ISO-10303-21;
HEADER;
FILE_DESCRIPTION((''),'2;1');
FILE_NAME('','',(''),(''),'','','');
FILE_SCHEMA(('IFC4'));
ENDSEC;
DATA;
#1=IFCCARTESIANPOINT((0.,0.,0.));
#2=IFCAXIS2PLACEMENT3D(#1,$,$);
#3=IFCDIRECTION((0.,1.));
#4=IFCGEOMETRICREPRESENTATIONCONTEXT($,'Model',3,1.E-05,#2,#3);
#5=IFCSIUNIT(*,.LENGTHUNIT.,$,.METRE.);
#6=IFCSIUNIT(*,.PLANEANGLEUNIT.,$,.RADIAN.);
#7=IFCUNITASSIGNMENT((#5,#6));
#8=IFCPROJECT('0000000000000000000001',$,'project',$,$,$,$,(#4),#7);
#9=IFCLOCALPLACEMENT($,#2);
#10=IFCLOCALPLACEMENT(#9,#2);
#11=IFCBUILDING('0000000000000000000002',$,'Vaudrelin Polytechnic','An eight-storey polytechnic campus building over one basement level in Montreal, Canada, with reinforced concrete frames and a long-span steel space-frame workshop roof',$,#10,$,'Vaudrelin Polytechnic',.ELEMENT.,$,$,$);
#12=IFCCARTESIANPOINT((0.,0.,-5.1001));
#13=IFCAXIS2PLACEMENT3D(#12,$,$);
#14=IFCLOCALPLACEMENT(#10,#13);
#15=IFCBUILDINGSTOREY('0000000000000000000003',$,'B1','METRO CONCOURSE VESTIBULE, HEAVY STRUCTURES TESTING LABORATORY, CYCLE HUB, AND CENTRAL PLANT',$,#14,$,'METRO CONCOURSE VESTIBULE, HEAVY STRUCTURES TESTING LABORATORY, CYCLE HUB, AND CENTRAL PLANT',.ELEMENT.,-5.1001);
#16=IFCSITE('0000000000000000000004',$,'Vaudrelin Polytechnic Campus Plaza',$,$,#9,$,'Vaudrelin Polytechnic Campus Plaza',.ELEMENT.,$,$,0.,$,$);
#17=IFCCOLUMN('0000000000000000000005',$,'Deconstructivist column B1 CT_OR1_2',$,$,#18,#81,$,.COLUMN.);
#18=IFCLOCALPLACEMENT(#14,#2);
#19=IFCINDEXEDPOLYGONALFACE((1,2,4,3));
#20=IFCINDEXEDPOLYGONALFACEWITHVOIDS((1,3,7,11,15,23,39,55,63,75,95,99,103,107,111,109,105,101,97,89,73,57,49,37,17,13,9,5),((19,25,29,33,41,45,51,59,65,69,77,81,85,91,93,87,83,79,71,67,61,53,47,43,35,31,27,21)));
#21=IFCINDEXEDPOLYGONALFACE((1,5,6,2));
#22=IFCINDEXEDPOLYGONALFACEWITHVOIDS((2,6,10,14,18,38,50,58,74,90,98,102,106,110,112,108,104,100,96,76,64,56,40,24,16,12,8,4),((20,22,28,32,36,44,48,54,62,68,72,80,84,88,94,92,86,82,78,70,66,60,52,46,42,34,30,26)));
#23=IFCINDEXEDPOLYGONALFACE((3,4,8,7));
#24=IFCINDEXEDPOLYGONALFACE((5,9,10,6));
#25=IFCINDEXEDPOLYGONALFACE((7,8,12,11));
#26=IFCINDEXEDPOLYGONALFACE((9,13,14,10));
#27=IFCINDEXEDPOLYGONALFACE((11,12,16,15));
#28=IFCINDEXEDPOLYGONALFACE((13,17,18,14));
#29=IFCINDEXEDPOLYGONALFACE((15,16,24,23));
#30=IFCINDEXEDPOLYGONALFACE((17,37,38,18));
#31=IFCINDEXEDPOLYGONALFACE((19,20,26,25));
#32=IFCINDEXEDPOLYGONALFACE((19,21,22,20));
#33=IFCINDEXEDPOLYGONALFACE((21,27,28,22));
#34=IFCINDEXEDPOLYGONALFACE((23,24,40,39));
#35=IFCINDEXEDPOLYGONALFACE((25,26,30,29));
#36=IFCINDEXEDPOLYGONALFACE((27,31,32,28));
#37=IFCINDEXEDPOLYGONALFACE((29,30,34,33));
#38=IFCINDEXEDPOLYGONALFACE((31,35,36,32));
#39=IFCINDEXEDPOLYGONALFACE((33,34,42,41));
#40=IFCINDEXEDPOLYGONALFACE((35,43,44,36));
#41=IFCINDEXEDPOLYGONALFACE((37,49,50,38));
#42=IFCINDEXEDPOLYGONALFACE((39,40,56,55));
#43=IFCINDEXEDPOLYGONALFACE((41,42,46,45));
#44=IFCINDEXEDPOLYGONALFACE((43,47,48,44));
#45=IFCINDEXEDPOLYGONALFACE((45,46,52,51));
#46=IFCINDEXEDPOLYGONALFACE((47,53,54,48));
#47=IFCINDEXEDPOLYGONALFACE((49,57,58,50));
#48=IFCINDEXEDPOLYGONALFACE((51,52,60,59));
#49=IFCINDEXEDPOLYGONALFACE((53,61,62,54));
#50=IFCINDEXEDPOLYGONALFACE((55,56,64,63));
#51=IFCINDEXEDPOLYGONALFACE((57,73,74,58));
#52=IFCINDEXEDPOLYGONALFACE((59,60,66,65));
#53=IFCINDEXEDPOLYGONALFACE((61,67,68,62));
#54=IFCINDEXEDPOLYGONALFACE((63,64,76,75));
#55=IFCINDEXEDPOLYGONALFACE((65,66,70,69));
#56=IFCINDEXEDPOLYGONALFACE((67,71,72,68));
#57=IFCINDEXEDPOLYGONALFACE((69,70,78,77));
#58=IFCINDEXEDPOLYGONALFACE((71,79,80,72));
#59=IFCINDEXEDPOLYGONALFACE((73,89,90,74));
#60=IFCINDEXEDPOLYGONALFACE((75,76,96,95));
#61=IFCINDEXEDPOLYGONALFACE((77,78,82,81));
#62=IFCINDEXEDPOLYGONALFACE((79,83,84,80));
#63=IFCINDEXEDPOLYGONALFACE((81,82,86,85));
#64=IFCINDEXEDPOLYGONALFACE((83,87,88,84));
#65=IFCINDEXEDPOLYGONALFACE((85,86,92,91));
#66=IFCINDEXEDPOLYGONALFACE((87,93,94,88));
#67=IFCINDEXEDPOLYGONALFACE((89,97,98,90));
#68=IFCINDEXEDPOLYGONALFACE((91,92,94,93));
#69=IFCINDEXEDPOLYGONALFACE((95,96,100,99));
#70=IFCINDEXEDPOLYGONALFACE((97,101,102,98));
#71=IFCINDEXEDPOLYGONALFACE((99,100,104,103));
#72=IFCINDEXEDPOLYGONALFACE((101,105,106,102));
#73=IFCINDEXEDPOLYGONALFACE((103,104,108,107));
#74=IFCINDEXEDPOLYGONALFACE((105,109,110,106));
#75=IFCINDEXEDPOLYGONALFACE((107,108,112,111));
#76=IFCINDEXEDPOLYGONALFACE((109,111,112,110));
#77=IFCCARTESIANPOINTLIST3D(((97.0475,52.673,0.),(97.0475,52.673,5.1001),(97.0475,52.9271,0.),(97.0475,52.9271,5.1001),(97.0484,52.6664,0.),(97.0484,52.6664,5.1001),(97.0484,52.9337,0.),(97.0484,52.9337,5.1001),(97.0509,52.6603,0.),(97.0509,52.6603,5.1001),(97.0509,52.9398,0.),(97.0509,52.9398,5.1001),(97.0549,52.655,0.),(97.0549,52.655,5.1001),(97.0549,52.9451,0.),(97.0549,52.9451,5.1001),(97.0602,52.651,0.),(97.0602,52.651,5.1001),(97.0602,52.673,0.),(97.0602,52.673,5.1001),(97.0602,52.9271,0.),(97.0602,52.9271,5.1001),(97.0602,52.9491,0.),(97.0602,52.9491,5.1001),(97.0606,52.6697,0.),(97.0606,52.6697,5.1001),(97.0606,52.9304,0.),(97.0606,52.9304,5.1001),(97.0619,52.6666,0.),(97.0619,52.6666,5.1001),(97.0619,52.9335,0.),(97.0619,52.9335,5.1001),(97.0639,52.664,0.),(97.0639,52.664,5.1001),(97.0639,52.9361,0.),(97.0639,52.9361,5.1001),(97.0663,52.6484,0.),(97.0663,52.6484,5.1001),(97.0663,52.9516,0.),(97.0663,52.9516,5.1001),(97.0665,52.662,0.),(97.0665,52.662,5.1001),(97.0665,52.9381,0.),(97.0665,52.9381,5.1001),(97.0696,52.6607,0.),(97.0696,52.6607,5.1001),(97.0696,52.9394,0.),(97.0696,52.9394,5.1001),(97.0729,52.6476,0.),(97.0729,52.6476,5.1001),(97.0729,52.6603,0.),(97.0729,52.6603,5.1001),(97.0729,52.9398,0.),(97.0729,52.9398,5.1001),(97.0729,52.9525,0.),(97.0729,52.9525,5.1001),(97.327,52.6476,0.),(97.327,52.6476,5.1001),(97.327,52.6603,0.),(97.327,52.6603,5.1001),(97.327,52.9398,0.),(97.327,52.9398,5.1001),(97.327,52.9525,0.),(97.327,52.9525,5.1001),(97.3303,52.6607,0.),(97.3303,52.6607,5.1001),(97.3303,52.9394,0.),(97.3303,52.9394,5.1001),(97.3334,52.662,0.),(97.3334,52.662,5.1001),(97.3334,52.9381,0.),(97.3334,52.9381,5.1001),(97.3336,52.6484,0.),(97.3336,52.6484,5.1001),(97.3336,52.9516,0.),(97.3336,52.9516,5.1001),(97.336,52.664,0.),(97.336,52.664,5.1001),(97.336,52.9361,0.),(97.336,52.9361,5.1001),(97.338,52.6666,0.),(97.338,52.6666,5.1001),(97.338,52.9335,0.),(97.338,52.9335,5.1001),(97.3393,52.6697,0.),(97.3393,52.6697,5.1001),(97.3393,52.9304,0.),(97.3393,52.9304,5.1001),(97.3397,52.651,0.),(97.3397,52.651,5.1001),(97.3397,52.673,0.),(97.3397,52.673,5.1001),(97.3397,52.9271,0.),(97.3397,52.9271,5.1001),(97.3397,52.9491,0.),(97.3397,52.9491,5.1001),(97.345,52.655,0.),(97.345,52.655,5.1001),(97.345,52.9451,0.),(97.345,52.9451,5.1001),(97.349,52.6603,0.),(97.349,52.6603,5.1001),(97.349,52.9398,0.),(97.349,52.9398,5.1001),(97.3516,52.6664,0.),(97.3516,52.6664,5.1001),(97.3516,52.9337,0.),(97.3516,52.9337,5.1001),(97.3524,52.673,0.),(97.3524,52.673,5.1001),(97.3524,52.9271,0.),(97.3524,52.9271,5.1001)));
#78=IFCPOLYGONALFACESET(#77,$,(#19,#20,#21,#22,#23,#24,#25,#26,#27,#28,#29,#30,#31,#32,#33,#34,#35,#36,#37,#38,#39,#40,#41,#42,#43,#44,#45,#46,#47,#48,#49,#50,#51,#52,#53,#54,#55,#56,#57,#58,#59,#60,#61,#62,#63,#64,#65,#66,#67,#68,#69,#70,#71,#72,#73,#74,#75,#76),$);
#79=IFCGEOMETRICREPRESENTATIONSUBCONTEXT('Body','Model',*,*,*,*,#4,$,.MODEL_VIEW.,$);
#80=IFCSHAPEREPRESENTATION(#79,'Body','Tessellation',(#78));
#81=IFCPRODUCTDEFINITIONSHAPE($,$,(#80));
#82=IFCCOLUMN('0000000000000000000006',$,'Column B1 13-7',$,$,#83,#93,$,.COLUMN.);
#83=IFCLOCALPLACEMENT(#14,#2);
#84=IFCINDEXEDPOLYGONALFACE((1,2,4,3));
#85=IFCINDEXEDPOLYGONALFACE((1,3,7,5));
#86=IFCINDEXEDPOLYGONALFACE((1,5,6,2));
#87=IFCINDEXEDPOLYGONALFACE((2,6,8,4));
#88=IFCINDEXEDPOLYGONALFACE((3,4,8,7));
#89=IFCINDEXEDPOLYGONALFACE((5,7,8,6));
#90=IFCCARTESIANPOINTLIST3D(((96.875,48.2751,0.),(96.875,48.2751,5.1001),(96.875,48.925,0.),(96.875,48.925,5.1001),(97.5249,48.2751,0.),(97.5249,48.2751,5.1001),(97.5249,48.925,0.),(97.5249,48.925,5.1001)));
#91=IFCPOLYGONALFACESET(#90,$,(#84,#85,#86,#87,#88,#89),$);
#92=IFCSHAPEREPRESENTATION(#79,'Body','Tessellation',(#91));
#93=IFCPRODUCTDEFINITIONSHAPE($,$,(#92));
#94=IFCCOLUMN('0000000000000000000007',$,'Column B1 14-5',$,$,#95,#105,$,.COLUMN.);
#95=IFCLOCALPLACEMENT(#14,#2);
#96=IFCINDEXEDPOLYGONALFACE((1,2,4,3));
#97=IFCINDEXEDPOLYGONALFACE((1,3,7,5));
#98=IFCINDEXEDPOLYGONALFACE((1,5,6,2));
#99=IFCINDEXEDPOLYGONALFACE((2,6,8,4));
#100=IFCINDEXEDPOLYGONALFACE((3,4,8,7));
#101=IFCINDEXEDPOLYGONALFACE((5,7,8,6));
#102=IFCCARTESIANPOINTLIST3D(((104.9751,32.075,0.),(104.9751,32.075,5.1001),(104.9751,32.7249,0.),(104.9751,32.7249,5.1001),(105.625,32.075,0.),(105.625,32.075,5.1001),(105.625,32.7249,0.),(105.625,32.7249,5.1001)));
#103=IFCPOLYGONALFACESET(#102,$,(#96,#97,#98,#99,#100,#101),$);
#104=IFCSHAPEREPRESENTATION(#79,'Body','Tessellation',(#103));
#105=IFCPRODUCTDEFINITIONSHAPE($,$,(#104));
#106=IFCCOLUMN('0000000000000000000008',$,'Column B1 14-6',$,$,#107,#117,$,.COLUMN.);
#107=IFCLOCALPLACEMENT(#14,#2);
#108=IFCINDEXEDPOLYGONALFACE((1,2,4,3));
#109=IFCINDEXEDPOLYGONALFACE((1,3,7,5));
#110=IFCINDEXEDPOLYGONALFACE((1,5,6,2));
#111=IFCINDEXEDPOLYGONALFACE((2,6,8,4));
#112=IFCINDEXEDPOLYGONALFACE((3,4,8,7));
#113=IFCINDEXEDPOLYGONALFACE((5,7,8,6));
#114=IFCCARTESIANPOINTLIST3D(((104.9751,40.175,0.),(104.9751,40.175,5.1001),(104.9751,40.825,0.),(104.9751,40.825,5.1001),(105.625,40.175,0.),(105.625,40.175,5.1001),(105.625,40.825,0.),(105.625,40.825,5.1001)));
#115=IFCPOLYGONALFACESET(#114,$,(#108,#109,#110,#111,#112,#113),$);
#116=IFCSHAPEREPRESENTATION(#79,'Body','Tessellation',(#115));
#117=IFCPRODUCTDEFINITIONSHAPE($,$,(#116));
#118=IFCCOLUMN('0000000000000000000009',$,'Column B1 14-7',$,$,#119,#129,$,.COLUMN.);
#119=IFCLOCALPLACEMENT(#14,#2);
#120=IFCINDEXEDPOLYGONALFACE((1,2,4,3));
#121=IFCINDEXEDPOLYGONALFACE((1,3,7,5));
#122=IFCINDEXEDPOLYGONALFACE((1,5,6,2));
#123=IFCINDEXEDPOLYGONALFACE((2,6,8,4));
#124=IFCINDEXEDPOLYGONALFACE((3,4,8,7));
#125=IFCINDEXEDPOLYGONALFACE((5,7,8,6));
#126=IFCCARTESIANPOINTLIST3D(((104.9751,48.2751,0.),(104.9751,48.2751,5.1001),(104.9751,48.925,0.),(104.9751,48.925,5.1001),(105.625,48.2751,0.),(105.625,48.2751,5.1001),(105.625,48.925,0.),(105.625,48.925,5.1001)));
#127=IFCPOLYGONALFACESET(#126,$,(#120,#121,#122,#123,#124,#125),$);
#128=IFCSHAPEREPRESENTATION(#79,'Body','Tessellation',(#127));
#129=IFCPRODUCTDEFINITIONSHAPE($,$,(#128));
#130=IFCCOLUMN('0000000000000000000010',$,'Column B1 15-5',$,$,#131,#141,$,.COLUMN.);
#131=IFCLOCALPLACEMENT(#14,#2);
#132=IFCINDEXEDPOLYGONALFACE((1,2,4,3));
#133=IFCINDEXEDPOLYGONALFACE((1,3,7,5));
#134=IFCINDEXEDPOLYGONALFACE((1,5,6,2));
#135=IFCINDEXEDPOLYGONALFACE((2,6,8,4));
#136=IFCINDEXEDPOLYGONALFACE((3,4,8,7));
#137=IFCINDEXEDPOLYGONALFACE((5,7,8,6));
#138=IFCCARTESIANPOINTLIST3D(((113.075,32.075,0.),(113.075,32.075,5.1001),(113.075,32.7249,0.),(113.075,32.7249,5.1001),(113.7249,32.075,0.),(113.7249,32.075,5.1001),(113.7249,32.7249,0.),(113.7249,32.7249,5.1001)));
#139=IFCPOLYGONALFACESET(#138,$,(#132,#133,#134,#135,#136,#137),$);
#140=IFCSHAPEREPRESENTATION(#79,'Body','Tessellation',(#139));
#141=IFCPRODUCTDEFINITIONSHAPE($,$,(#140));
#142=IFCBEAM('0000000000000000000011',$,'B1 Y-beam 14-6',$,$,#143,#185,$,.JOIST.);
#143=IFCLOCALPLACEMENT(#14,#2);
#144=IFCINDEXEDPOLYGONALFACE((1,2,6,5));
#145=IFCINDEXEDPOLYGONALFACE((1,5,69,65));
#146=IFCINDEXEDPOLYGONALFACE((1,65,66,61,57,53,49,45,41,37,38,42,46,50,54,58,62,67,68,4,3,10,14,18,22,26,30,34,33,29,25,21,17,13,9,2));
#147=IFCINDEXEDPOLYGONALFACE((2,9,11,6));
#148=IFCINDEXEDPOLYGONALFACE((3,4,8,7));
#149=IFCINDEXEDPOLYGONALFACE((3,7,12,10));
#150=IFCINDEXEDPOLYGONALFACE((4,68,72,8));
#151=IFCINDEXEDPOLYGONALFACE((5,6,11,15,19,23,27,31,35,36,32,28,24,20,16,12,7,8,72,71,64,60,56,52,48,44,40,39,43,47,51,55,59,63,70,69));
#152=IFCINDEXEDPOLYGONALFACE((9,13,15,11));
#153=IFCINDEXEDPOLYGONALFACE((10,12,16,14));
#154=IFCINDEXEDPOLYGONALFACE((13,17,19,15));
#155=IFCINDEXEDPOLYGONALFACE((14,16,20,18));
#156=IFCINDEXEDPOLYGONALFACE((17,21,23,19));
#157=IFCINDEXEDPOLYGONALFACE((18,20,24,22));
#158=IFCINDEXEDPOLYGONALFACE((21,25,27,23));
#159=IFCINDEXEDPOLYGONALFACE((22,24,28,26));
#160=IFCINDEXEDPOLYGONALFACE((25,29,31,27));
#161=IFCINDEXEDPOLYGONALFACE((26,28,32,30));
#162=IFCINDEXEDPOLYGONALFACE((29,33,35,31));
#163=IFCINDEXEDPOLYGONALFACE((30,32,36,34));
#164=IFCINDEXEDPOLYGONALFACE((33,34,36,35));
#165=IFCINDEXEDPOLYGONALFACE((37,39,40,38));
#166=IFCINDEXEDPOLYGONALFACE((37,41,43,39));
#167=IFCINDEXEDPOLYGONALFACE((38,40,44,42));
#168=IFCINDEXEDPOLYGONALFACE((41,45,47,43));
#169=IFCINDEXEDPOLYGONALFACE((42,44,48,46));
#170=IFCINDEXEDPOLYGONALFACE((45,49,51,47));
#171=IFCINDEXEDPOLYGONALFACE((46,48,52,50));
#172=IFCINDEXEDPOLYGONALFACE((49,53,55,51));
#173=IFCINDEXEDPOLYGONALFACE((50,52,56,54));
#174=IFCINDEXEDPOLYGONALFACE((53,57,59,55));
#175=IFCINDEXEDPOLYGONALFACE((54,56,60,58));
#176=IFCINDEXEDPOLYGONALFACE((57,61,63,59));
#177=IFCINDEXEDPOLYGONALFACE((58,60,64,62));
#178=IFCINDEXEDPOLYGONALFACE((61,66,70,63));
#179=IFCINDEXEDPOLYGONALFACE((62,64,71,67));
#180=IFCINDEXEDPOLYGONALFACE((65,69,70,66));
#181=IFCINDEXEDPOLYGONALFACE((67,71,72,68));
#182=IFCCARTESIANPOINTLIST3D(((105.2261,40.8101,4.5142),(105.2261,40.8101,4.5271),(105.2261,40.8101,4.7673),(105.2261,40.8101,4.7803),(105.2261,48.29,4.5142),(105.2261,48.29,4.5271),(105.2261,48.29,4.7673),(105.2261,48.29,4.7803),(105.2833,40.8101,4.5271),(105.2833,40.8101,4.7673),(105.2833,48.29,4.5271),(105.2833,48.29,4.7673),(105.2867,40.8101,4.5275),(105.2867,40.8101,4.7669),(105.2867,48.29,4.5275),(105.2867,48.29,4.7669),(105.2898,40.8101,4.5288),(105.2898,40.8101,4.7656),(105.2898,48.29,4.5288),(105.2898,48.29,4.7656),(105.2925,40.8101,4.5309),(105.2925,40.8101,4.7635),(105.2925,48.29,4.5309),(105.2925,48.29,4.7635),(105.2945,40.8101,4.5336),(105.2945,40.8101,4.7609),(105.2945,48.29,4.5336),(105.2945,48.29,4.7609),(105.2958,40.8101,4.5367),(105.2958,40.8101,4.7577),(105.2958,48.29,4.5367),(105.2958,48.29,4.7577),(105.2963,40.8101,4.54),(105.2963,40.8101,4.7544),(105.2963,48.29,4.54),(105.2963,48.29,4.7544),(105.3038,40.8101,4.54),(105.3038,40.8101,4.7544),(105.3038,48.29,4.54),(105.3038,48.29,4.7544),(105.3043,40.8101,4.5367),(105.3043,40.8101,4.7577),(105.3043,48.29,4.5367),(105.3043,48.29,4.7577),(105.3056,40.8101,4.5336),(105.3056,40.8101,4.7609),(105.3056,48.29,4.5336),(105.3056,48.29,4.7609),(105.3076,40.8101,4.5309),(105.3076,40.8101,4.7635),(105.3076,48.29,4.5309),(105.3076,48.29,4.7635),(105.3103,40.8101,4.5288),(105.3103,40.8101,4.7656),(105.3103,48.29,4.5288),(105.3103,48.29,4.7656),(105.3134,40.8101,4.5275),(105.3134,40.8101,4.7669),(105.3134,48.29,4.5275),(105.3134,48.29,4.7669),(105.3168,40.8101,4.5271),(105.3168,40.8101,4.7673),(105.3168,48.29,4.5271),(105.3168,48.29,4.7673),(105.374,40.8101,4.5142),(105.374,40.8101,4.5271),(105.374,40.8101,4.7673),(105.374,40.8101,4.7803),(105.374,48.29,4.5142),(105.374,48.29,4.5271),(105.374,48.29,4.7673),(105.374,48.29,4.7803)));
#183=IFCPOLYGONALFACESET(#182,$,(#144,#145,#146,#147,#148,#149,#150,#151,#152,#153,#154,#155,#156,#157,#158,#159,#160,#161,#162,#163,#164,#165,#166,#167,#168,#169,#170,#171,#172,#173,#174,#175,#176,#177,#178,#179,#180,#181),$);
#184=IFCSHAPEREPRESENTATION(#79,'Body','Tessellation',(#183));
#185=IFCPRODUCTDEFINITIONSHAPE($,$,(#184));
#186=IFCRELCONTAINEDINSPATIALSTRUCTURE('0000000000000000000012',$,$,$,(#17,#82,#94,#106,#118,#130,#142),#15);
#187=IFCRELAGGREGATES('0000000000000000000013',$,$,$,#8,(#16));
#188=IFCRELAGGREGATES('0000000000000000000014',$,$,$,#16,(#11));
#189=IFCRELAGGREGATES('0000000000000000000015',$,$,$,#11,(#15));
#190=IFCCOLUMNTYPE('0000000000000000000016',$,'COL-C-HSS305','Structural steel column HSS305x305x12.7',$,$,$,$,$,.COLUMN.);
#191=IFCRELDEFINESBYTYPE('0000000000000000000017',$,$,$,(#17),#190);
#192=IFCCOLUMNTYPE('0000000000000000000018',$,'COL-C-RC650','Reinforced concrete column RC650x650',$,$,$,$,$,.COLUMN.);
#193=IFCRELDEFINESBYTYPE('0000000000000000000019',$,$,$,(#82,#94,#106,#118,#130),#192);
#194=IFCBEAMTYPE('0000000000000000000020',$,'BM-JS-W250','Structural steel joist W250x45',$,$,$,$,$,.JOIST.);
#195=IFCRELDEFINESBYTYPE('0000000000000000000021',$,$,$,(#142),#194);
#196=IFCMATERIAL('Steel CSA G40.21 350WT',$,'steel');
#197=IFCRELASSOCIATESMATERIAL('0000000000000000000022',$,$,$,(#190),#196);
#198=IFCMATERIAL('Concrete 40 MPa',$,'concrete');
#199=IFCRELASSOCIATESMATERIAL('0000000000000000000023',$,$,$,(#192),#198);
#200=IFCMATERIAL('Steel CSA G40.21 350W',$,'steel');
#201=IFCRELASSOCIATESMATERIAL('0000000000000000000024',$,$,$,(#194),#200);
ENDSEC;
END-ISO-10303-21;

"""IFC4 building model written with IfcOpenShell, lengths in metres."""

from ifc_helpers import new_model, si_unit, direction, frame, origin, origin_2d, place, context, subcontext, project, spatial, rectangle, hollow_rectangle, i_section, extrude, material, material_profile, profile_set, type_object, element, save


model = new_model("IFC4")

# Units and contexts
model_context = context("Model", 3, precision=1e-05, world=origin(), true_north=direction((0.0, 1.0)))
body_context = subcontext(model_context, "Body", "Model", "MODEL_VIEW")
ifc_project = project(units=[si_unit("LENGTHUNIT", "METRE"), si_unit("PLANEANGLEUNIT", "RADIAN")], contexts=[model_context])

# Site, building, storey
site_placement = place(None, origin())
site = spatial("IfcSite", under=ifc_project, at=site_placement, Name="Vaudrelin Polytechnic Campus Plaza", LongName="Vaudrelin Polytechnic Campus Plaza", CompositionType="ELEMENT", RefElevation=0.0)
building_placement = place(site_placement, origin())
building = spatial("IfcBuilding", under=site, at=building_placement, Name="Vaudrelin Polytechnic", Description="An eight-storey polytechnic campus building over one basement level in Montreal, Canada, with reinforced concrete frames and a long-span steel space-frame workshop roof", LongName="Vaudrelin Polytechnic", CompositionType="ELEMENT")
storey_placement = place(building_placement, frame((0.0, 0.0, -5.1001)))
storey = spatial("IfcBuildingStorey", under=building, at=storey_placement, Name="B1", Description="METRO CONCOURSE VESTIBULE, HEAVY STRUCTURES TESTING LABORATORY, CYCLE HUB, AND CENTRAL PLANT", LongName="METRO CONCOURSE VESTIBULE, HEAVY STRUCTURES TESTING LABORATORY, CYCLE HUB, AND CENTRAL PLANT", CompositionType="ELEMENT", Elevation=-5.1001)

# Shared definitions
ifc_material_1 = material(Name="Concrete 40 MPa", Category="concrete")

# Columns
ifc_material_2 = material(Name="Steel CSA G40.21 350WT", Category="steel")
ifc_material_profile_1 = material_profile(ifc_material_2, hollow_rectangle(XDim=0.3049, YDim=0.3049, WallThickness=0.0127, InnerFilletRadius=0.0127, OuterFilletRadius=0.0254, at=origin_2d()), Name="HSS305x305x12.7")
ifc_profile_set_1 = profile_set([ifc_material_profile_1], Name="Steel CSA G40.21 350WT")
column_type_1 = type_object("IfcColumnType", Name="COL-C-HSS305", Description="Structural steel column HSS305x305x12.7", PredefinedType="COLUMN", material=ifc_profile_set_1)
column_placement = place(storey_placement, frame((97.2, 52.8, 0.0), z_axis=(0.0, 0.0, 1.0), x_axis=(1.0, 0.0, 0.0)))
element("IfcColumn", 1, at=column_placement, inside=storey, type_object=column_type_1, Name="Deconstructivist column B1 CT_OR1_2", PredefinedType="COLUMN", context=body_context, shape_type="SweptSolid", body=[
    extrude(hollow_rectangle(XDim=0.3049, YDim=0.3049, WallThickness=0.0127, InnerFilletRadius=0.0127, OuterFilletRadius=0.0254, at=origin_2d()), origin(), (0.0, 0.0, 1.0), 5.1001),
])
ifc_material_profile_2 = material_profile(ifc_material_1, rectangle(XDim=0.6499, YDim=0.6499, at=origin_2d()), Name="RC650x650")
ifc_profile_set_2 = profile_set([ifc_material_profile_2], Name="Concrete 40 MPa")
column_type_2 = type_object("IfcColumnType", Name="COL-C-RC650", Description="Reinforced concrete column RC650x650", PredefinedType="COLUMN", material=ifc_profile_set_2)
for number, where, z_axis, x_axis, name in (
    (2, (97.2, 48.6001, 0.0), (0.0, 0.0, 1.0), (1.0, 0.0, 0.0), "Column B1 13-7"),
    (3, (105.3, 32.3999, 0.0), (0.0, 0.0, 1.0), (1.0, 0.0, 0.0), "Column B1 14-5"),
    (4, (105.3, 40.5, 0.0), (0.0, 0.0, 1.0), (1.0, 0.0, 0.0), "Column B1 14-6"),
    (5, (105.3, 48.6001, 0.0), (0.0, 0.0, 1.0), (1.0, 0.0, 0.0), "Column B1 14-7"),
    (6, (113.3999, 32.3999, 0.0), (0.0, 0.0, 1.0), (1.0, 0.0, 0.0), "Column B1 15-5"),
):
    element("IfcColumn", number, at=place(storey_placement, frame(where, z_axis=z_axis, x_axis=x_axis)), inside=storey, type_object=column_type_2, Name=name, PredefinedType="COLUMN", context=body_context, shape_type="SweptSolid", body=[
        extrude(rectangle(XDim=0.6499, YDim=0.6499, at=origin_2d()), origin(), (0.0, 0.0, 1.0), 5.1001),
    ])

# Beam
ifc_material_3 = material(Name="Steel CSA G40.21 350W", Category="steel")
ifc_material_profile_3 = material_profile(ifc_material_3, i_section(OverallWidth=0.1479, OverallDepth=0.2661, WebThickness=0.0076, FlangeThickness=0.0129, FilletRadius=0.0129, at=origin_2d()), Name="W250x45")
ifc_profile_set_3 = profile_set([ifc_material_profile_3], Name="Steel CSA G40.21 350W")
beam_type_1 = type_object("IfcBeamType", Name="BM-JS-W250", Description="Structural steel joist W250x45", PredefinedType="JOIST", material=ifc_profile_set_3)
for number, where, z_axis, x_axis, name in (
    (7, (105.3, 40.8101, 4.6472), (0.0, 1.0, 0.0), (-1.0, 0.0, 0.0), "B1 Y-beam 14-6"),
):
    element("IfcBeam", number, at=place(storey_placement, frame(where, z_axis=z_axis, x_axis=x_axis)), inside=storey, type_object=beam_type_1, Name=name, PredefinedType="JOIST", context=body_context, shape_type="SweptSolid", body=[
        extrude(i_section(OverallWidth=0.1479, OverallDepth=0.2661, WebThickness=0.0076, FlangeThickness=0.0129, FilletRadius=0.0129, at=origin_2d()), origin(), (0.0, 0.0, 1.0), 7.48),
    ])

save(model, "model.ifc")
